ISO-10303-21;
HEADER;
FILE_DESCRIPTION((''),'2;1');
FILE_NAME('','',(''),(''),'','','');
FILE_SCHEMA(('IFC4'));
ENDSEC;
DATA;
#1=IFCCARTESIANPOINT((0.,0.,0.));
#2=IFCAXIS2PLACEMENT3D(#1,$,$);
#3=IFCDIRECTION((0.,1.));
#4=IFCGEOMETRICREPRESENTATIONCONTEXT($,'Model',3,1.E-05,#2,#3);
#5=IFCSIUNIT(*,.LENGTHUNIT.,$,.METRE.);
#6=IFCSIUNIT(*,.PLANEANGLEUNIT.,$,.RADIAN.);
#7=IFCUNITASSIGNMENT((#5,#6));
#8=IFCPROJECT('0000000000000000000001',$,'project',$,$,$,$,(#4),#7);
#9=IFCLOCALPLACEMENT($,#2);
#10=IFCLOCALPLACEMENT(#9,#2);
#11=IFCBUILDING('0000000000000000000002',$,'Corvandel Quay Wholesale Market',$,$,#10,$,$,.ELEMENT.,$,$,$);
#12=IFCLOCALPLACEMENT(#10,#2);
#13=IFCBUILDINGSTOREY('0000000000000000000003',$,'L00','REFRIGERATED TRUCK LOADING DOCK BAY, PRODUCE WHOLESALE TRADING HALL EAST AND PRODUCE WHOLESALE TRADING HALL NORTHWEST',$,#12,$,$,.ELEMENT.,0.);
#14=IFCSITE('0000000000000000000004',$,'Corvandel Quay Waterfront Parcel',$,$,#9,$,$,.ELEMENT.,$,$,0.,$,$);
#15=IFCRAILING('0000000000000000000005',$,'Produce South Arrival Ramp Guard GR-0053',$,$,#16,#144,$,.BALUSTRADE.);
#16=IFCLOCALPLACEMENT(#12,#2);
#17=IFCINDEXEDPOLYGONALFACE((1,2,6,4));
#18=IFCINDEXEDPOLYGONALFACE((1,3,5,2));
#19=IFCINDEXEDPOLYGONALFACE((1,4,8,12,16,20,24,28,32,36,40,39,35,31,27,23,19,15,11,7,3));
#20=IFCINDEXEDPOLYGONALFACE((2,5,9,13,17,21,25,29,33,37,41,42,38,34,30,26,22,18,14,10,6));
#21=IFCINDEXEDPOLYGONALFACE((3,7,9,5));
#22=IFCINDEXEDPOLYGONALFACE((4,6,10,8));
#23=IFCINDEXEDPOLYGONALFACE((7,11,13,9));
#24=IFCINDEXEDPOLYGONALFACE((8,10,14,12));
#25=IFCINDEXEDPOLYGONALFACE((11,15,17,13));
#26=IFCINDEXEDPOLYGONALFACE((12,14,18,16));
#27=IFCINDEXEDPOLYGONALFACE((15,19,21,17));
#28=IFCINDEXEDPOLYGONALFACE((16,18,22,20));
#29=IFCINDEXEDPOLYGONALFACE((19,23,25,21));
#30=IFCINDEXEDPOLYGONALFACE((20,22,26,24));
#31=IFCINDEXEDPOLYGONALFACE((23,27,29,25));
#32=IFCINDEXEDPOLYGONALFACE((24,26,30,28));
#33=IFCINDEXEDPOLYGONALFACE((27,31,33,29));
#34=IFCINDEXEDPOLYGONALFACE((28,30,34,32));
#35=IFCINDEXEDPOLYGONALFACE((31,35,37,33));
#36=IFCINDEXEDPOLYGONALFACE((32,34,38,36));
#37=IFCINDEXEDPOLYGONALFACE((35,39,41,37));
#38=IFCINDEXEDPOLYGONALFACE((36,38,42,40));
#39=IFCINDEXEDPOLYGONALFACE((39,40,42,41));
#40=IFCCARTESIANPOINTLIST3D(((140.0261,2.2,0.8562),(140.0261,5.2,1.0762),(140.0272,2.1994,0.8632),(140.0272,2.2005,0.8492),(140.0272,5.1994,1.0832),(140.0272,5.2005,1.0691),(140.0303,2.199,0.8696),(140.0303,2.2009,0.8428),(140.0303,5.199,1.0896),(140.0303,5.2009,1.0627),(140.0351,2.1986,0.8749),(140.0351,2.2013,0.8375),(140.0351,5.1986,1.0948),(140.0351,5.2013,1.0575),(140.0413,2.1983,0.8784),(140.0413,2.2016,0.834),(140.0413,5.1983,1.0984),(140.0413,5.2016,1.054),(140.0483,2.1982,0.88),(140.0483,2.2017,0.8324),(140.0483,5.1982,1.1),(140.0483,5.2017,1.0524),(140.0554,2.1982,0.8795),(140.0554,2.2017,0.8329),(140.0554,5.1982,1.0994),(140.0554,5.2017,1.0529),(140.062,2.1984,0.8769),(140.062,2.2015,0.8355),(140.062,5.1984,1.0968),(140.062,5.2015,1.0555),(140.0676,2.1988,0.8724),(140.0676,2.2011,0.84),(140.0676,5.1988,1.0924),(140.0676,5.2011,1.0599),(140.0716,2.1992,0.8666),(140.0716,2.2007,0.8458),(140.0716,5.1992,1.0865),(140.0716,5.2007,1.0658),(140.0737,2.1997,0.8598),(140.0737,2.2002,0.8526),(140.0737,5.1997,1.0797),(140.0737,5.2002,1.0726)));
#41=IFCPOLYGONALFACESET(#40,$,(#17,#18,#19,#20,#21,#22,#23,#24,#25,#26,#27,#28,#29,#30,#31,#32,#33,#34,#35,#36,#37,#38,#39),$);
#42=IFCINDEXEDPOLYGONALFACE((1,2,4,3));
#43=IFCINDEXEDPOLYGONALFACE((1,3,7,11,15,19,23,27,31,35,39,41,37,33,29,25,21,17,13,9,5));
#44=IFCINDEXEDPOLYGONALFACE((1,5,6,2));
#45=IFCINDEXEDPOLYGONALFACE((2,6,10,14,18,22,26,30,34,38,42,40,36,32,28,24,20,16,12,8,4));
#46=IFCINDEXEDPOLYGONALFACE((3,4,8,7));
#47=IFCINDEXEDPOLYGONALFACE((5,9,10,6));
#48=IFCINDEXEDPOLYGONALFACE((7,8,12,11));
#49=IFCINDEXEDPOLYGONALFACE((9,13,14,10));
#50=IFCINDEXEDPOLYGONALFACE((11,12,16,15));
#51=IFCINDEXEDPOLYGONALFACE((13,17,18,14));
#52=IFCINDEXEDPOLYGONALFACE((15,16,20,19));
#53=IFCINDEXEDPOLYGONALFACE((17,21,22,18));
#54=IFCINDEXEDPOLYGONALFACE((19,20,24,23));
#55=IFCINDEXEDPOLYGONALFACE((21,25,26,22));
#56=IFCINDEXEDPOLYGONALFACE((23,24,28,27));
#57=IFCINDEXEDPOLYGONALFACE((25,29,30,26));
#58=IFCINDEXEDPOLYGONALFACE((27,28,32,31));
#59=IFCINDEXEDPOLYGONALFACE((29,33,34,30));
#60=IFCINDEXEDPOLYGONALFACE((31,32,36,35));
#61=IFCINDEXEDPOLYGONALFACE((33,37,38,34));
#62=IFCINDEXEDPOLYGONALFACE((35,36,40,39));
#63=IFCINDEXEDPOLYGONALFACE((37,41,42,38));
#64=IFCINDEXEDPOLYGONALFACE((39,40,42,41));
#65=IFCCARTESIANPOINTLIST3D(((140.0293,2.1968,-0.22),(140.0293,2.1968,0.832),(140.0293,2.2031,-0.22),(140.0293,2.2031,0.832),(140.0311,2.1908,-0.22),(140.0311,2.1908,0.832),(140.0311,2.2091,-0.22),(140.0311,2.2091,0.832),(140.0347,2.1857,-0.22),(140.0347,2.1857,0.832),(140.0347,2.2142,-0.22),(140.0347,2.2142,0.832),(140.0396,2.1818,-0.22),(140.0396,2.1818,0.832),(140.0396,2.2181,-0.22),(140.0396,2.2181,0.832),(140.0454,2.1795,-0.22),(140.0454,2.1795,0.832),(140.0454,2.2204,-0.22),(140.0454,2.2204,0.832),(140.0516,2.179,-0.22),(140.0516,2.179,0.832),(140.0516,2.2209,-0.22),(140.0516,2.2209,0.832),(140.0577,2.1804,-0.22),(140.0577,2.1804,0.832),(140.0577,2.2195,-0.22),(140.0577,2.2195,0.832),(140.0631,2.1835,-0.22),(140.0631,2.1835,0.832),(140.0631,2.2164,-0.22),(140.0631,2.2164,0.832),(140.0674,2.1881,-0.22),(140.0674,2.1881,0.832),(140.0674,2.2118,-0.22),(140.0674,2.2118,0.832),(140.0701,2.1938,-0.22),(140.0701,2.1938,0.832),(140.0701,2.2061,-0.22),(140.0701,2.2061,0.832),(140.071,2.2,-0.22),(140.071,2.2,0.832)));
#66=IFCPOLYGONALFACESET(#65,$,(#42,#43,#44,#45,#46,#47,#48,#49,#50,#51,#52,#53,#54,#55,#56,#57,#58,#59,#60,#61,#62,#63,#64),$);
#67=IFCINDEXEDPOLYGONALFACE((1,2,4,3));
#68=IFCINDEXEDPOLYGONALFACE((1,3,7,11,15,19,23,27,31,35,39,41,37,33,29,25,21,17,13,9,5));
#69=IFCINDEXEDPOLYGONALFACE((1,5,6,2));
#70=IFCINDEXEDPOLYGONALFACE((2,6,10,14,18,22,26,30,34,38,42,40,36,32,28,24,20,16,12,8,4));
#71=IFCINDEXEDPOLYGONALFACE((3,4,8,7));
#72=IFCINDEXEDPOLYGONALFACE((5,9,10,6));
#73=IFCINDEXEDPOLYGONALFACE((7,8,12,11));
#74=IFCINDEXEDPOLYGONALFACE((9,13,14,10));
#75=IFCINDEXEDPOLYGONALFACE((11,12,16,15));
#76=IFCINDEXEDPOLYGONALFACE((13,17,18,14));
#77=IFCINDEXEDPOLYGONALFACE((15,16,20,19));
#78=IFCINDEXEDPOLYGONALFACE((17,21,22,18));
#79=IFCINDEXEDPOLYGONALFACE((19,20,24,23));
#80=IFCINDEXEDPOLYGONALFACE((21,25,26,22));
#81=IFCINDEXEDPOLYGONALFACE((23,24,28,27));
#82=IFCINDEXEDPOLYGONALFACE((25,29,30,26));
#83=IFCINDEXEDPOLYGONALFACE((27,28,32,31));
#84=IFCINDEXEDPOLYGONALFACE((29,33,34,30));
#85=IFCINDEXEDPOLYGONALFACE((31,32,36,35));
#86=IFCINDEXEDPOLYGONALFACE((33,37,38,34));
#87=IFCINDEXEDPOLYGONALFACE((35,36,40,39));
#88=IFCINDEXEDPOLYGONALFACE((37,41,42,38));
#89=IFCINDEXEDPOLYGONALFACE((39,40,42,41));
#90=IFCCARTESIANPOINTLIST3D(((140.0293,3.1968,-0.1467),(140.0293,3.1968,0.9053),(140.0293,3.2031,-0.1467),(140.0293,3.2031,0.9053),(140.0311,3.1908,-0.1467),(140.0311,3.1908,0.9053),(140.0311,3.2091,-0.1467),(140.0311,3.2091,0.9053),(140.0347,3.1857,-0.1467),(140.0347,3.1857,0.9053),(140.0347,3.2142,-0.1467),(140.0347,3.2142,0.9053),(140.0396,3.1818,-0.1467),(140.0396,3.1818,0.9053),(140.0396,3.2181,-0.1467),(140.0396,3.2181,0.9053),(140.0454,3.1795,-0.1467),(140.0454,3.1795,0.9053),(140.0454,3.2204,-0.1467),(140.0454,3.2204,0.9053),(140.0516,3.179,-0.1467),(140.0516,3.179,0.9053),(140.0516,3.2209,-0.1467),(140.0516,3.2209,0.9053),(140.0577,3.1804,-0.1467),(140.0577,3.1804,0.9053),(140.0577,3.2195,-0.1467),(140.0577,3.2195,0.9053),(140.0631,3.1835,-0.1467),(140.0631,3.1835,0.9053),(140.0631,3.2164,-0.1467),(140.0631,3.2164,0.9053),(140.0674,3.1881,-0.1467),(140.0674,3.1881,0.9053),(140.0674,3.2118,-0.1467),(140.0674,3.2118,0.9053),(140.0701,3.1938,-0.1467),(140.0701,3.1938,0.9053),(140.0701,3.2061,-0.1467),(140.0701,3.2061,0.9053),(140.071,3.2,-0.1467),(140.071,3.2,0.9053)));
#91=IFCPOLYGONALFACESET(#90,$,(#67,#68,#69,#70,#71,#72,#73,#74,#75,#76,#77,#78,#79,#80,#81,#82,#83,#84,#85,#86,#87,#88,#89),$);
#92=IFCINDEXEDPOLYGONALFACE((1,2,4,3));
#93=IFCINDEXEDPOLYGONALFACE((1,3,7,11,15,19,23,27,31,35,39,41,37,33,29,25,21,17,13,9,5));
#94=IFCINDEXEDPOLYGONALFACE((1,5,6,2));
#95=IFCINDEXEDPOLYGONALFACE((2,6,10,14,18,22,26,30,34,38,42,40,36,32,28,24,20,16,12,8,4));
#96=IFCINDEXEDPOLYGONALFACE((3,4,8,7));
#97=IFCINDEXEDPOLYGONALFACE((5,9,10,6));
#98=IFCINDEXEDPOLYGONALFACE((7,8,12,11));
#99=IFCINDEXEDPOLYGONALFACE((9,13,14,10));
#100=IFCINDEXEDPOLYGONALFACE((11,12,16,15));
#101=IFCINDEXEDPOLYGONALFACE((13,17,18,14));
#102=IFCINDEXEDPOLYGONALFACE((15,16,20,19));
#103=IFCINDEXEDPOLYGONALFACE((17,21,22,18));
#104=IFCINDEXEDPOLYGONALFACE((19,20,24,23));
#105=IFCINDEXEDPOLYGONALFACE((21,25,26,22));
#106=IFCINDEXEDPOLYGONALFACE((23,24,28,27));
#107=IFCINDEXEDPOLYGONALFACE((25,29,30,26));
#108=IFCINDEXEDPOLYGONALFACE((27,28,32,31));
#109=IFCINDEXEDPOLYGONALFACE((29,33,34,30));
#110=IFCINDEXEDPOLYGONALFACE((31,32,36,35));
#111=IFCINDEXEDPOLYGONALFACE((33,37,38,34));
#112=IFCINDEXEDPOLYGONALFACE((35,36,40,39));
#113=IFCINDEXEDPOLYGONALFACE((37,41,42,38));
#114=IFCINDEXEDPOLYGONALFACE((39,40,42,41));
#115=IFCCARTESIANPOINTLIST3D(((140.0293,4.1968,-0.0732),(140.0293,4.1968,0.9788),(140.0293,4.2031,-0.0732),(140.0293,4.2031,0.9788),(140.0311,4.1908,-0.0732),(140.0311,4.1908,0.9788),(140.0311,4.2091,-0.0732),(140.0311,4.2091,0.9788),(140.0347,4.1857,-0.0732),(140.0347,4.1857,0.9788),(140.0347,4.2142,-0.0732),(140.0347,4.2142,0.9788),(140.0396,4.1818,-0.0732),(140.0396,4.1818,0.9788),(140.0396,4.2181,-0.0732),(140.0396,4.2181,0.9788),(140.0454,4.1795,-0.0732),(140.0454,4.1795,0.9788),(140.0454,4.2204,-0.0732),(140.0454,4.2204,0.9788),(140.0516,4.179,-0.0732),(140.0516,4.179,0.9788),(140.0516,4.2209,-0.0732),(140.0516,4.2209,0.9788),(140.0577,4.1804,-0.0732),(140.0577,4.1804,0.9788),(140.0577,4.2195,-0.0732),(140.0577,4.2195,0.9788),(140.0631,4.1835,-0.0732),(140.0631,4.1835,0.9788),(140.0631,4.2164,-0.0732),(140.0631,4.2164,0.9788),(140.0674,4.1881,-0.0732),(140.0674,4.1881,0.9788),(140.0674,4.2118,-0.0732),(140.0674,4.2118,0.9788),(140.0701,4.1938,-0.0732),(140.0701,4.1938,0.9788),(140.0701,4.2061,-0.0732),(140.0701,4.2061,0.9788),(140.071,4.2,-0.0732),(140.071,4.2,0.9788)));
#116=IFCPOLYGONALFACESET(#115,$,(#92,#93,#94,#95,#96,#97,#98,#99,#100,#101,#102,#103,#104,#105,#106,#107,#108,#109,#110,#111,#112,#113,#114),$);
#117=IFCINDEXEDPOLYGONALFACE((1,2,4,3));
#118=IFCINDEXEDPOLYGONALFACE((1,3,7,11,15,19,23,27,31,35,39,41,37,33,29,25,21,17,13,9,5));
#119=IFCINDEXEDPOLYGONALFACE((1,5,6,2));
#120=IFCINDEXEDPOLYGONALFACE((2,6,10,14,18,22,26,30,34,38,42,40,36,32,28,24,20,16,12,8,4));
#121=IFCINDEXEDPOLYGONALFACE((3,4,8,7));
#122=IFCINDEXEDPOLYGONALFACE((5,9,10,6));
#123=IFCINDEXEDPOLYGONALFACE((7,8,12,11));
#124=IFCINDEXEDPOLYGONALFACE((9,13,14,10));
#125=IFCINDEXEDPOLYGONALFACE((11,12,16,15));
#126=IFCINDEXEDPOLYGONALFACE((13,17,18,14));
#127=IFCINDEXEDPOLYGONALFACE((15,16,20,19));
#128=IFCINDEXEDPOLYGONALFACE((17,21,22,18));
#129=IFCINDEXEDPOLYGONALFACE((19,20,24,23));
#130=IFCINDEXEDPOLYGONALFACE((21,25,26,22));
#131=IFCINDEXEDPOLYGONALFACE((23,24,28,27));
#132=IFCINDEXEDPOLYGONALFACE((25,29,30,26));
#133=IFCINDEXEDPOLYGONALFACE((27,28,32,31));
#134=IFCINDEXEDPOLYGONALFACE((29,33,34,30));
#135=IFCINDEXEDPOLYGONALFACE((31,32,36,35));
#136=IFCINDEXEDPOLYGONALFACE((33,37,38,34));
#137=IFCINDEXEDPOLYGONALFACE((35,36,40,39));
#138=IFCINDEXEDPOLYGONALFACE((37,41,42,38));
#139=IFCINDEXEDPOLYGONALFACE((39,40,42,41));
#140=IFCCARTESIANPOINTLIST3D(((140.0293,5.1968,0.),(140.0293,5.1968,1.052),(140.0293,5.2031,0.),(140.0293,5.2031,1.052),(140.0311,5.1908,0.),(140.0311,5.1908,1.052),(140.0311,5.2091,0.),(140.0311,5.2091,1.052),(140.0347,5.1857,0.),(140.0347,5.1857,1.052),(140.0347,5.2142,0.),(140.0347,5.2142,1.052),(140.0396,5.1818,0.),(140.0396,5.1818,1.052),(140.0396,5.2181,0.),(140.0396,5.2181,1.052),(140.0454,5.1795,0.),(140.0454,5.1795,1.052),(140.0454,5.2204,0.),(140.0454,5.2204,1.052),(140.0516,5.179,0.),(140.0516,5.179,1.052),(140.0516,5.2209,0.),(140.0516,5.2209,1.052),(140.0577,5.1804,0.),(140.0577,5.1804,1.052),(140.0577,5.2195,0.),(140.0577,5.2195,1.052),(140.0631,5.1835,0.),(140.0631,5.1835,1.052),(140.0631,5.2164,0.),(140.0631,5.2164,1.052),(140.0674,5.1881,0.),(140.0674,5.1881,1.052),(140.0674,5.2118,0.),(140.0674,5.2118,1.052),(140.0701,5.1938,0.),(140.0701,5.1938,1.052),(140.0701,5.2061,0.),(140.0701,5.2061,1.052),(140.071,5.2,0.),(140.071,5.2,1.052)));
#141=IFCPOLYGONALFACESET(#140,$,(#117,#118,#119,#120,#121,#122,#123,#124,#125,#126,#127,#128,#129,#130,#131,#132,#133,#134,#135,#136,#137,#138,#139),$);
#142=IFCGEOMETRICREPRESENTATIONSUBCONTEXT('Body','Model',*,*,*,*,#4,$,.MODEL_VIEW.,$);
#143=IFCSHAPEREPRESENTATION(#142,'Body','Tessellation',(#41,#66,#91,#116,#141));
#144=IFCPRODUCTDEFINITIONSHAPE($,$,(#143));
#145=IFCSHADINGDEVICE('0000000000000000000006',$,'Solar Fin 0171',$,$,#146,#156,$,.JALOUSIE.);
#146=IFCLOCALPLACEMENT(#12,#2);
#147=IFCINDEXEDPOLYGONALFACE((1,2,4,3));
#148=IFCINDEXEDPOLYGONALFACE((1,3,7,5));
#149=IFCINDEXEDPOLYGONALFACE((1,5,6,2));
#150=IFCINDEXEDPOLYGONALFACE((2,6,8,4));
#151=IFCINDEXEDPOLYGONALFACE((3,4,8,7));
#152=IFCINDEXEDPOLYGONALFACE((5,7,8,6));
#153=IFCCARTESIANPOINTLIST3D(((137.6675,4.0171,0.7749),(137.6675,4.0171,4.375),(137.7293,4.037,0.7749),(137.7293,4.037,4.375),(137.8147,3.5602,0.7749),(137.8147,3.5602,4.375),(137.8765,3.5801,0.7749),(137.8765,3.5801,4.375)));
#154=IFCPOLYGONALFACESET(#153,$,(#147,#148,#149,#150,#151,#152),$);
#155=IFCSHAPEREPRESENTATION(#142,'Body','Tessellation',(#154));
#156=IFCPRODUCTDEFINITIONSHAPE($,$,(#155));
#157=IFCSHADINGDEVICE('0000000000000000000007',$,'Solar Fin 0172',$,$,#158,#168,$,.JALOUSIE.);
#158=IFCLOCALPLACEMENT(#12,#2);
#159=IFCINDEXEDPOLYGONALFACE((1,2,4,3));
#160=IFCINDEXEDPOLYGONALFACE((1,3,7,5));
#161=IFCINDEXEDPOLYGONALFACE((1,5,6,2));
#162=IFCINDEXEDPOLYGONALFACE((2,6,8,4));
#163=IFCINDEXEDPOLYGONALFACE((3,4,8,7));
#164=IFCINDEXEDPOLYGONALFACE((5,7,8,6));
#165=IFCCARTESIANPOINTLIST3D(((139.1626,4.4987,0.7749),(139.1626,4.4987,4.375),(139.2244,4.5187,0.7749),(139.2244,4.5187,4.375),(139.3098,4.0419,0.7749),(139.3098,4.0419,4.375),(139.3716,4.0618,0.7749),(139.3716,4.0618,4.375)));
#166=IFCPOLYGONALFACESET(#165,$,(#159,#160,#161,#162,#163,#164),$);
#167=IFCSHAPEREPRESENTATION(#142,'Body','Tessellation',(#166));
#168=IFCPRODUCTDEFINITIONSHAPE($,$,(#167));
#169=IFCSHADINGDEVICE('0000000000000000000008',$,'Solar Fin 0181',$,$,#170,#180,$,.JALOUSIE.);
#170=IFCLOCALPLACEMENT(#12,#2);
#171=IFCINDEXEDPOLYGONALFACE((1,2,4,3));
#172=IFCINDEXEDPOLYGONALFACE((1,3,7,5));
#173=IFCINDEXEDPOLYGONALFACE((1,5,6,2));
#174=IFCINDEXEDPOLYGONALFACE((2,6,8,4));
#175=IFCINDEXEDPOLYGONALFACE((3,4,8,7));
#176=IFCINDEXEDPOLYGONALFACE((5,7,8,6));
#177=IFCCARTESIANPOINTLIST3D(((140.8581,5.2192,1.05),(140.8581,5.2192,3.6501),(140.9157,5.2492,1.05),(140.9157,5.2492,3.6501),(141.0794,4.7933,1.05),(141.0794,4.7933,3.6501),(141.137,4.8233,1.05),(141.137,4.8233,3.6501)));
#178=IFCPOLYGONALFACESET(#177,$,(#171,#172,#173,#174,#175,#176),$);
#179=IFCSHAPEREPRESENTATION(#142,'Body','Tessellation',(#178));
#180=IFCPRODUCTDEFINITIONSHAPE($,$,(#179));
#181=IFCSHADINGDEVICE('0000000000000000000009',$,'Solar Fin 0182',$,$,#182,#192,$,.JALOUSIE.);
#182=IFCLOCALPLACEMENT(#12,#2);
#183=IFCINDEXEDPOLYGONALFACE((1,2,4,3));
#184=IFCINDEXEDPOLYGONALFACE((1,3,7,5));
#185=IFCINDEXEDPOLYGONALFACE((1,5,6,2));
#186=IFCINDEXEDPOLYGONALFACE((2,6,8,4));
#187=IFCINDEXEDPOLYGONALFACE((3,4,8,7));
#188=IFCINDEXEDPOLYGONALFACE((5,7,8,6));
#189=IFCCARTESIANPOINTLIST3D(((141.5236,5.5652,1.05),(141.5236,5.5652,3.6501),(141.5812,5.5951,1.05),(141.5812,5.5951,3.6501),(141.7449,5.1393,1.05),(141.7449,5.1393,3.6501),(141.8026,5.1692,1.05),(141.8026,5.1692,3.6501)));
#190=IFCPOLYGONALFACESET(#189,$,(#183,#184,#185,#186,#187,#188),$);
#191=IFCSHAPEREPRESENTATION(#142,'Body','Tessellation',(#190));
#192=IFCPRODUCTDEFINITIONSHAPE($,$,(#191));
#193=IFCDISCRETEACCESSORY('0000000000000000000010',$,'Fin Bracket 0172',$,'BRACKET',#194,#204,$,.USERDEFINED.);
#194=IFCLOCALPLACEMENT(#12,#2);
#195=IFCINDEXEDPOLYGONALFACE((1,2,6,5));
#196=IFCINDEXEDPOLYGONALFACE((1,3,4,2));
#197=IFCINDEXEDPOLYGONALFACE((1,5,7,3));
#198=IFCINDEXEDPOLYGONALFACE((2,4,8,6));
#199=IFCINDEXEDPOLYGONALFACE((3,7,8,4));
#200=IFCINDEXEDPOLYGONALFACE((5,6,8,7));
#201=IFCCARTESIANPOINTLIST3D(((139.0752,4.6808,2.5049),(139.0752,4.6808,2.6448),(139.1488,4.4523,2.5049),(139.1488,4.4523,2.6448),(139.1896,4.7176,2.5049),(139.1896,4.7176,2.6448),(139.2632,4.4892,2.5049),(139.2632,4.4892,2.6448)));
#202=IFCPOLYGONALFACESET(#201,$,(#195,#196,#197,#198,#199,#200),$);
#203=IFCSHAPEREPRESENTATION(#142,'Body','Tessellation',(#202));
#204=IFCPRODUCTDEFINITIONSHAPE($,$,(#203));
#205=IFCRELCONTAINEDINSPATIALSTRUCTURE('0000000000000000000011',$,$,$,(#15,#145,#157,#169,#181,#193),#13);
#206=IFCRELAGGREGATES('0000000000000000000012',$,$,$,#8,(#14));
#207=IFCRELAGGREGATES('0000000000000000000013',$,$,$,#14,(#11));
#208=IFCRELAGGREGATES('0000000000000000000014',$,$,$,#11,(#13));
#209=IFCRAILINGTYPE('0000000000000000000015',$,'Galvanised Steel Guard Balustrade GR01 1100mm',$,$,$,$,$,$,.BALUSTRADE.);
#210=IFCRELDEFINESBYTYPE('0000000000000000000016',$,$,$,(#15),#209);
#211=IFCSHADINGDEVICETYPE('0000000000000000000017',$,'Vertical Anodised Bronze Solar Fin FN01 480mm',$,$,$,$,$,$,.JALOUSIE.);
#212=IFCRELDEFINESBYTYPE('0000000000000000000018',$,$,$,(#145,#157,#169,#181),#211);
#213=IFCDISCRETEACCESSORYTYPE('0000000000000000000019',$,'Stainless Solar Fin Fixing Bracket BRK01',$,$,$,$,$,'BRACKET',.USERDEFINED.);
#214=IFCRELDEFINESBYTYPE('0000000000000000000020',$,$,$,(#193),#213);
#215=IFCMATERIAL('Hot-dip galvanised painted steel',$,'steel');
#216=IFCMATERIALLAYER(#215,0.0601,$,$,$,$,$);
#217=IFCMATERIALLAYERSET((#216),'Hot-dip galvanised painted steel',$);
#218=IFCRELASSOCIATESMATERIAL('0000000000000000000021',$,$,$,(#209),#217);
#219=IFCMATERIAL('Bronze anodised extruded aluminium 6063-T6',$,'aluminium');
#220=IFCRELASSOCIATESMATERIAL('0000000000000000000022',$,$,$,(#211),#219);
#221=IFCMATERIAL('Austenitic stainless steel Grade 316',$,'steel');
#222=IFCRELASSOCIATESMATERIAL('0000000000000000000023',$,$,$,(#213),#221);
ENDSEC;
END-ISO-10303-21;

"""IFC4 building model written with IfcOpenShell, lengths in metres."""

from ifc_helpers import new_model, si_unit, direction, frame, origin, origin_2d, place, context, subcontext, project, spatial, rectangle, circle, extrude, material, layer, layer_set, type_object, element, save


model = new_model("IFC4")

# Units and contexts
model_context = context("Model", 3, precision=1e-05, world=origin(), true_north=direction((0.0, 1.0)))
body_context = subcontext(model_context, "Body", "Model", "MODEL_VIEW")
ifc_project = project(units=[si_unit("LENGTHUNIT", "METRE"), si_unit("PLANEANGLEUNIT", "RADIAN")], contexts=[model_context])

# Site, building, storey
site_placement = place(None, origin())
site = spatial("IfcSite", under=ifc_project, at=site_placement, Name="Corvandel Quay Waterfront Parcel", CompositionType="ELEMENT", RefElevation=0.0)
building_placement = place(site_placement, origin())
building = spatial("IfcBuilding", under=site, at=building_placement, Name="Corvandel Quay Wholesale Market", CompositionType="ELEMENT")
storey_placement = place(building_placement, origin())
storey = spatial("IfcBuildingStorey", under=building, at=storey_placement, Name="L00", Description="REFRIGERATED TRUCK LOADING DOCK BAY, PRODUCE WHOLESALE TRADING HALL EAST AND PRODUCE WHOLESALE TRADING HALL NORTHWEST", CompositionType="ELEMENT", Elevation=0.0)

# Railing
ifc_material_1 = material(Name="Hot-dip galvanised painted steel", Category="steel")
ifc_layer_1 = layer(ifc_material_1, 0.0601)
ifc_layer_set_1 = layer_set([ifc_layer_1], Name="Hot-dip galvanised painted steel")
railing_type = type_object("IfcRailingType", Name="Galvanised Steel Guard Balustrade GR01 1100mm", PredefinedType="BALUSTRADE", material=ifc_layer_set_1)
for number, where, name in (
    (1, (140.05, 2.2, -0.22), "Produce South Arrival Ramp Guard GR-0053"),
):
    element("IfcRailing", number, at=place(storey_placement, frame(where)), inside=storey, type_object=railing_type, Name=name, PredefinedType="BALUSTRADE", context=body_context, shape_type="SweptSolid", body=[
        extrude(circle(Radius=0.0239, at=origin_2d()), frame((0.0, 0.0, 1.0762), z_axis=(0.0, 0.997323, 0.073127), x_axis=(-1.0, 0.0, 0.0)), (0.0, 0.0, 1.0), 3.0081),
        extrude(circle(Radius=0.021, at=origin_2d()), origin(), (0.0, 0.0, 1.0), 1.052),
        extrude(circle(Radius=0.021, at=origin_2d()), frame((0.0, 1.0, 0.0732)), (0.0, 0.0, 1.0), 1.052),
        extrude(circle(Radius=0.021, at=origin_2d()), frame((0.0, 2.0, 0.1467)), (0.0, 0.0, 1.0), 1.052),
        extrude(circle(Radius=0.021, at=origin_2d()), frame((0.0, 3.0, 0.22)), (0.0, 0.0, 1.0), 1.052),
    ])

# Shading devices
ifc_material_2 = material(Name="Bronze anodised extruded aluminium 6063-T6", Category="aluminium")
shading_device_type = type_object("IfcShadingDeviceType", Name="Vertical Anodised Bronze Solar Fin FN01 480mm", PredefinedType="JALOUSIE", material=ifc_material_2)
for number, where, z_axis, x_axis, name in (
    (2, (137.772, 3.7986, 0.7749), (0.0, 0.0, 1.0), (-0.306692, 0.951809, 0.0), "Solar Fin 0171"),
    (3, (139.2671, 4.2803, 0.7749), (0.0, 0.0, 1.0), (-0.306692, 0.951809, 0.0), "Solar Fin 0172"),
):
    element("IfcShadingDevice", number, at=place(storey_placement, frame(where, z_axis=z_axis, x_axis=x_axis)), inside=storey, type_object=shading_device_type, Name=name, PredefinedType="JALOUSIE", context=body_context, shape_type="SweptSolid", body=[
        extrude(rectangle(XDim=0.48, YDim=0.0649, at=origin_2d()), origin(), (0.0, 0.0, 1.0), 3.6001),
    ])
for number, where, z_axis, x_axis, name in (
    (4, (140.9976, 5.0212, 1.05), (0.0, 0.0, 1.0), (-0.461129, 0.887333, 0.0), "Solar Fin 0181"),
    (5, (141.6631, 5.3672, 1.05), (0.0, 0.0, 1.0), (-0.461129, 0.887333, 0.0), "Solar Fin 0182"),
):
    element("IfcShadingDevice", number, at=place(storey_placement, frame(where, z_axis=z_axis, x_axis=x_axis)), inside=storey, type_object=shading_device_type, Name=name, PredefinedType="JALOUSIE", context=body_context, shape_type="SweptSolid", body=[
        extrude(rectangle(XDim=0.48, YDim=0.0649, at=origin_2d()), origin(), (0.0, 0.0, 1.0), 2.6001),
    ])

# Discrete accessory
ifc_material_3 = material(Name="Austenitic stainless steel Grade 316", Category="steel")
discrete_accessory_type = type_object("IfcDiscreteAccessoryType", Name="Stainless Solar Fin Fixing Bracket BRK01", ElementType="BRACKET", PredefinedType="USERDEFINED", material=ifc_material_3)
discrete_accessory_placement = place(storey_placement, frame((139.1692, 4.585, 2.5049), z_axis=(0.0, 0.0, 1.0), x_axis=(-0.306692, 0.951809, 0.0)))
element("IfcDiscreteAccessory", 6, at=discrete_accessory_placement, inside=storey, type_object=discrete_accessory_type, Name="Fin Bracket 0172", ObjectType="BRACKET", PredefinedType="USERDEFINED", context=body_context, shape_type="SweptSolid", body=[
    extrude(rectangle(XDim=0.24, YDim=0.1201, at=origin_2d()), origin(), (0.0, 0.0, 1.0), 0.1399),
])

save(model, "model.ifc")
